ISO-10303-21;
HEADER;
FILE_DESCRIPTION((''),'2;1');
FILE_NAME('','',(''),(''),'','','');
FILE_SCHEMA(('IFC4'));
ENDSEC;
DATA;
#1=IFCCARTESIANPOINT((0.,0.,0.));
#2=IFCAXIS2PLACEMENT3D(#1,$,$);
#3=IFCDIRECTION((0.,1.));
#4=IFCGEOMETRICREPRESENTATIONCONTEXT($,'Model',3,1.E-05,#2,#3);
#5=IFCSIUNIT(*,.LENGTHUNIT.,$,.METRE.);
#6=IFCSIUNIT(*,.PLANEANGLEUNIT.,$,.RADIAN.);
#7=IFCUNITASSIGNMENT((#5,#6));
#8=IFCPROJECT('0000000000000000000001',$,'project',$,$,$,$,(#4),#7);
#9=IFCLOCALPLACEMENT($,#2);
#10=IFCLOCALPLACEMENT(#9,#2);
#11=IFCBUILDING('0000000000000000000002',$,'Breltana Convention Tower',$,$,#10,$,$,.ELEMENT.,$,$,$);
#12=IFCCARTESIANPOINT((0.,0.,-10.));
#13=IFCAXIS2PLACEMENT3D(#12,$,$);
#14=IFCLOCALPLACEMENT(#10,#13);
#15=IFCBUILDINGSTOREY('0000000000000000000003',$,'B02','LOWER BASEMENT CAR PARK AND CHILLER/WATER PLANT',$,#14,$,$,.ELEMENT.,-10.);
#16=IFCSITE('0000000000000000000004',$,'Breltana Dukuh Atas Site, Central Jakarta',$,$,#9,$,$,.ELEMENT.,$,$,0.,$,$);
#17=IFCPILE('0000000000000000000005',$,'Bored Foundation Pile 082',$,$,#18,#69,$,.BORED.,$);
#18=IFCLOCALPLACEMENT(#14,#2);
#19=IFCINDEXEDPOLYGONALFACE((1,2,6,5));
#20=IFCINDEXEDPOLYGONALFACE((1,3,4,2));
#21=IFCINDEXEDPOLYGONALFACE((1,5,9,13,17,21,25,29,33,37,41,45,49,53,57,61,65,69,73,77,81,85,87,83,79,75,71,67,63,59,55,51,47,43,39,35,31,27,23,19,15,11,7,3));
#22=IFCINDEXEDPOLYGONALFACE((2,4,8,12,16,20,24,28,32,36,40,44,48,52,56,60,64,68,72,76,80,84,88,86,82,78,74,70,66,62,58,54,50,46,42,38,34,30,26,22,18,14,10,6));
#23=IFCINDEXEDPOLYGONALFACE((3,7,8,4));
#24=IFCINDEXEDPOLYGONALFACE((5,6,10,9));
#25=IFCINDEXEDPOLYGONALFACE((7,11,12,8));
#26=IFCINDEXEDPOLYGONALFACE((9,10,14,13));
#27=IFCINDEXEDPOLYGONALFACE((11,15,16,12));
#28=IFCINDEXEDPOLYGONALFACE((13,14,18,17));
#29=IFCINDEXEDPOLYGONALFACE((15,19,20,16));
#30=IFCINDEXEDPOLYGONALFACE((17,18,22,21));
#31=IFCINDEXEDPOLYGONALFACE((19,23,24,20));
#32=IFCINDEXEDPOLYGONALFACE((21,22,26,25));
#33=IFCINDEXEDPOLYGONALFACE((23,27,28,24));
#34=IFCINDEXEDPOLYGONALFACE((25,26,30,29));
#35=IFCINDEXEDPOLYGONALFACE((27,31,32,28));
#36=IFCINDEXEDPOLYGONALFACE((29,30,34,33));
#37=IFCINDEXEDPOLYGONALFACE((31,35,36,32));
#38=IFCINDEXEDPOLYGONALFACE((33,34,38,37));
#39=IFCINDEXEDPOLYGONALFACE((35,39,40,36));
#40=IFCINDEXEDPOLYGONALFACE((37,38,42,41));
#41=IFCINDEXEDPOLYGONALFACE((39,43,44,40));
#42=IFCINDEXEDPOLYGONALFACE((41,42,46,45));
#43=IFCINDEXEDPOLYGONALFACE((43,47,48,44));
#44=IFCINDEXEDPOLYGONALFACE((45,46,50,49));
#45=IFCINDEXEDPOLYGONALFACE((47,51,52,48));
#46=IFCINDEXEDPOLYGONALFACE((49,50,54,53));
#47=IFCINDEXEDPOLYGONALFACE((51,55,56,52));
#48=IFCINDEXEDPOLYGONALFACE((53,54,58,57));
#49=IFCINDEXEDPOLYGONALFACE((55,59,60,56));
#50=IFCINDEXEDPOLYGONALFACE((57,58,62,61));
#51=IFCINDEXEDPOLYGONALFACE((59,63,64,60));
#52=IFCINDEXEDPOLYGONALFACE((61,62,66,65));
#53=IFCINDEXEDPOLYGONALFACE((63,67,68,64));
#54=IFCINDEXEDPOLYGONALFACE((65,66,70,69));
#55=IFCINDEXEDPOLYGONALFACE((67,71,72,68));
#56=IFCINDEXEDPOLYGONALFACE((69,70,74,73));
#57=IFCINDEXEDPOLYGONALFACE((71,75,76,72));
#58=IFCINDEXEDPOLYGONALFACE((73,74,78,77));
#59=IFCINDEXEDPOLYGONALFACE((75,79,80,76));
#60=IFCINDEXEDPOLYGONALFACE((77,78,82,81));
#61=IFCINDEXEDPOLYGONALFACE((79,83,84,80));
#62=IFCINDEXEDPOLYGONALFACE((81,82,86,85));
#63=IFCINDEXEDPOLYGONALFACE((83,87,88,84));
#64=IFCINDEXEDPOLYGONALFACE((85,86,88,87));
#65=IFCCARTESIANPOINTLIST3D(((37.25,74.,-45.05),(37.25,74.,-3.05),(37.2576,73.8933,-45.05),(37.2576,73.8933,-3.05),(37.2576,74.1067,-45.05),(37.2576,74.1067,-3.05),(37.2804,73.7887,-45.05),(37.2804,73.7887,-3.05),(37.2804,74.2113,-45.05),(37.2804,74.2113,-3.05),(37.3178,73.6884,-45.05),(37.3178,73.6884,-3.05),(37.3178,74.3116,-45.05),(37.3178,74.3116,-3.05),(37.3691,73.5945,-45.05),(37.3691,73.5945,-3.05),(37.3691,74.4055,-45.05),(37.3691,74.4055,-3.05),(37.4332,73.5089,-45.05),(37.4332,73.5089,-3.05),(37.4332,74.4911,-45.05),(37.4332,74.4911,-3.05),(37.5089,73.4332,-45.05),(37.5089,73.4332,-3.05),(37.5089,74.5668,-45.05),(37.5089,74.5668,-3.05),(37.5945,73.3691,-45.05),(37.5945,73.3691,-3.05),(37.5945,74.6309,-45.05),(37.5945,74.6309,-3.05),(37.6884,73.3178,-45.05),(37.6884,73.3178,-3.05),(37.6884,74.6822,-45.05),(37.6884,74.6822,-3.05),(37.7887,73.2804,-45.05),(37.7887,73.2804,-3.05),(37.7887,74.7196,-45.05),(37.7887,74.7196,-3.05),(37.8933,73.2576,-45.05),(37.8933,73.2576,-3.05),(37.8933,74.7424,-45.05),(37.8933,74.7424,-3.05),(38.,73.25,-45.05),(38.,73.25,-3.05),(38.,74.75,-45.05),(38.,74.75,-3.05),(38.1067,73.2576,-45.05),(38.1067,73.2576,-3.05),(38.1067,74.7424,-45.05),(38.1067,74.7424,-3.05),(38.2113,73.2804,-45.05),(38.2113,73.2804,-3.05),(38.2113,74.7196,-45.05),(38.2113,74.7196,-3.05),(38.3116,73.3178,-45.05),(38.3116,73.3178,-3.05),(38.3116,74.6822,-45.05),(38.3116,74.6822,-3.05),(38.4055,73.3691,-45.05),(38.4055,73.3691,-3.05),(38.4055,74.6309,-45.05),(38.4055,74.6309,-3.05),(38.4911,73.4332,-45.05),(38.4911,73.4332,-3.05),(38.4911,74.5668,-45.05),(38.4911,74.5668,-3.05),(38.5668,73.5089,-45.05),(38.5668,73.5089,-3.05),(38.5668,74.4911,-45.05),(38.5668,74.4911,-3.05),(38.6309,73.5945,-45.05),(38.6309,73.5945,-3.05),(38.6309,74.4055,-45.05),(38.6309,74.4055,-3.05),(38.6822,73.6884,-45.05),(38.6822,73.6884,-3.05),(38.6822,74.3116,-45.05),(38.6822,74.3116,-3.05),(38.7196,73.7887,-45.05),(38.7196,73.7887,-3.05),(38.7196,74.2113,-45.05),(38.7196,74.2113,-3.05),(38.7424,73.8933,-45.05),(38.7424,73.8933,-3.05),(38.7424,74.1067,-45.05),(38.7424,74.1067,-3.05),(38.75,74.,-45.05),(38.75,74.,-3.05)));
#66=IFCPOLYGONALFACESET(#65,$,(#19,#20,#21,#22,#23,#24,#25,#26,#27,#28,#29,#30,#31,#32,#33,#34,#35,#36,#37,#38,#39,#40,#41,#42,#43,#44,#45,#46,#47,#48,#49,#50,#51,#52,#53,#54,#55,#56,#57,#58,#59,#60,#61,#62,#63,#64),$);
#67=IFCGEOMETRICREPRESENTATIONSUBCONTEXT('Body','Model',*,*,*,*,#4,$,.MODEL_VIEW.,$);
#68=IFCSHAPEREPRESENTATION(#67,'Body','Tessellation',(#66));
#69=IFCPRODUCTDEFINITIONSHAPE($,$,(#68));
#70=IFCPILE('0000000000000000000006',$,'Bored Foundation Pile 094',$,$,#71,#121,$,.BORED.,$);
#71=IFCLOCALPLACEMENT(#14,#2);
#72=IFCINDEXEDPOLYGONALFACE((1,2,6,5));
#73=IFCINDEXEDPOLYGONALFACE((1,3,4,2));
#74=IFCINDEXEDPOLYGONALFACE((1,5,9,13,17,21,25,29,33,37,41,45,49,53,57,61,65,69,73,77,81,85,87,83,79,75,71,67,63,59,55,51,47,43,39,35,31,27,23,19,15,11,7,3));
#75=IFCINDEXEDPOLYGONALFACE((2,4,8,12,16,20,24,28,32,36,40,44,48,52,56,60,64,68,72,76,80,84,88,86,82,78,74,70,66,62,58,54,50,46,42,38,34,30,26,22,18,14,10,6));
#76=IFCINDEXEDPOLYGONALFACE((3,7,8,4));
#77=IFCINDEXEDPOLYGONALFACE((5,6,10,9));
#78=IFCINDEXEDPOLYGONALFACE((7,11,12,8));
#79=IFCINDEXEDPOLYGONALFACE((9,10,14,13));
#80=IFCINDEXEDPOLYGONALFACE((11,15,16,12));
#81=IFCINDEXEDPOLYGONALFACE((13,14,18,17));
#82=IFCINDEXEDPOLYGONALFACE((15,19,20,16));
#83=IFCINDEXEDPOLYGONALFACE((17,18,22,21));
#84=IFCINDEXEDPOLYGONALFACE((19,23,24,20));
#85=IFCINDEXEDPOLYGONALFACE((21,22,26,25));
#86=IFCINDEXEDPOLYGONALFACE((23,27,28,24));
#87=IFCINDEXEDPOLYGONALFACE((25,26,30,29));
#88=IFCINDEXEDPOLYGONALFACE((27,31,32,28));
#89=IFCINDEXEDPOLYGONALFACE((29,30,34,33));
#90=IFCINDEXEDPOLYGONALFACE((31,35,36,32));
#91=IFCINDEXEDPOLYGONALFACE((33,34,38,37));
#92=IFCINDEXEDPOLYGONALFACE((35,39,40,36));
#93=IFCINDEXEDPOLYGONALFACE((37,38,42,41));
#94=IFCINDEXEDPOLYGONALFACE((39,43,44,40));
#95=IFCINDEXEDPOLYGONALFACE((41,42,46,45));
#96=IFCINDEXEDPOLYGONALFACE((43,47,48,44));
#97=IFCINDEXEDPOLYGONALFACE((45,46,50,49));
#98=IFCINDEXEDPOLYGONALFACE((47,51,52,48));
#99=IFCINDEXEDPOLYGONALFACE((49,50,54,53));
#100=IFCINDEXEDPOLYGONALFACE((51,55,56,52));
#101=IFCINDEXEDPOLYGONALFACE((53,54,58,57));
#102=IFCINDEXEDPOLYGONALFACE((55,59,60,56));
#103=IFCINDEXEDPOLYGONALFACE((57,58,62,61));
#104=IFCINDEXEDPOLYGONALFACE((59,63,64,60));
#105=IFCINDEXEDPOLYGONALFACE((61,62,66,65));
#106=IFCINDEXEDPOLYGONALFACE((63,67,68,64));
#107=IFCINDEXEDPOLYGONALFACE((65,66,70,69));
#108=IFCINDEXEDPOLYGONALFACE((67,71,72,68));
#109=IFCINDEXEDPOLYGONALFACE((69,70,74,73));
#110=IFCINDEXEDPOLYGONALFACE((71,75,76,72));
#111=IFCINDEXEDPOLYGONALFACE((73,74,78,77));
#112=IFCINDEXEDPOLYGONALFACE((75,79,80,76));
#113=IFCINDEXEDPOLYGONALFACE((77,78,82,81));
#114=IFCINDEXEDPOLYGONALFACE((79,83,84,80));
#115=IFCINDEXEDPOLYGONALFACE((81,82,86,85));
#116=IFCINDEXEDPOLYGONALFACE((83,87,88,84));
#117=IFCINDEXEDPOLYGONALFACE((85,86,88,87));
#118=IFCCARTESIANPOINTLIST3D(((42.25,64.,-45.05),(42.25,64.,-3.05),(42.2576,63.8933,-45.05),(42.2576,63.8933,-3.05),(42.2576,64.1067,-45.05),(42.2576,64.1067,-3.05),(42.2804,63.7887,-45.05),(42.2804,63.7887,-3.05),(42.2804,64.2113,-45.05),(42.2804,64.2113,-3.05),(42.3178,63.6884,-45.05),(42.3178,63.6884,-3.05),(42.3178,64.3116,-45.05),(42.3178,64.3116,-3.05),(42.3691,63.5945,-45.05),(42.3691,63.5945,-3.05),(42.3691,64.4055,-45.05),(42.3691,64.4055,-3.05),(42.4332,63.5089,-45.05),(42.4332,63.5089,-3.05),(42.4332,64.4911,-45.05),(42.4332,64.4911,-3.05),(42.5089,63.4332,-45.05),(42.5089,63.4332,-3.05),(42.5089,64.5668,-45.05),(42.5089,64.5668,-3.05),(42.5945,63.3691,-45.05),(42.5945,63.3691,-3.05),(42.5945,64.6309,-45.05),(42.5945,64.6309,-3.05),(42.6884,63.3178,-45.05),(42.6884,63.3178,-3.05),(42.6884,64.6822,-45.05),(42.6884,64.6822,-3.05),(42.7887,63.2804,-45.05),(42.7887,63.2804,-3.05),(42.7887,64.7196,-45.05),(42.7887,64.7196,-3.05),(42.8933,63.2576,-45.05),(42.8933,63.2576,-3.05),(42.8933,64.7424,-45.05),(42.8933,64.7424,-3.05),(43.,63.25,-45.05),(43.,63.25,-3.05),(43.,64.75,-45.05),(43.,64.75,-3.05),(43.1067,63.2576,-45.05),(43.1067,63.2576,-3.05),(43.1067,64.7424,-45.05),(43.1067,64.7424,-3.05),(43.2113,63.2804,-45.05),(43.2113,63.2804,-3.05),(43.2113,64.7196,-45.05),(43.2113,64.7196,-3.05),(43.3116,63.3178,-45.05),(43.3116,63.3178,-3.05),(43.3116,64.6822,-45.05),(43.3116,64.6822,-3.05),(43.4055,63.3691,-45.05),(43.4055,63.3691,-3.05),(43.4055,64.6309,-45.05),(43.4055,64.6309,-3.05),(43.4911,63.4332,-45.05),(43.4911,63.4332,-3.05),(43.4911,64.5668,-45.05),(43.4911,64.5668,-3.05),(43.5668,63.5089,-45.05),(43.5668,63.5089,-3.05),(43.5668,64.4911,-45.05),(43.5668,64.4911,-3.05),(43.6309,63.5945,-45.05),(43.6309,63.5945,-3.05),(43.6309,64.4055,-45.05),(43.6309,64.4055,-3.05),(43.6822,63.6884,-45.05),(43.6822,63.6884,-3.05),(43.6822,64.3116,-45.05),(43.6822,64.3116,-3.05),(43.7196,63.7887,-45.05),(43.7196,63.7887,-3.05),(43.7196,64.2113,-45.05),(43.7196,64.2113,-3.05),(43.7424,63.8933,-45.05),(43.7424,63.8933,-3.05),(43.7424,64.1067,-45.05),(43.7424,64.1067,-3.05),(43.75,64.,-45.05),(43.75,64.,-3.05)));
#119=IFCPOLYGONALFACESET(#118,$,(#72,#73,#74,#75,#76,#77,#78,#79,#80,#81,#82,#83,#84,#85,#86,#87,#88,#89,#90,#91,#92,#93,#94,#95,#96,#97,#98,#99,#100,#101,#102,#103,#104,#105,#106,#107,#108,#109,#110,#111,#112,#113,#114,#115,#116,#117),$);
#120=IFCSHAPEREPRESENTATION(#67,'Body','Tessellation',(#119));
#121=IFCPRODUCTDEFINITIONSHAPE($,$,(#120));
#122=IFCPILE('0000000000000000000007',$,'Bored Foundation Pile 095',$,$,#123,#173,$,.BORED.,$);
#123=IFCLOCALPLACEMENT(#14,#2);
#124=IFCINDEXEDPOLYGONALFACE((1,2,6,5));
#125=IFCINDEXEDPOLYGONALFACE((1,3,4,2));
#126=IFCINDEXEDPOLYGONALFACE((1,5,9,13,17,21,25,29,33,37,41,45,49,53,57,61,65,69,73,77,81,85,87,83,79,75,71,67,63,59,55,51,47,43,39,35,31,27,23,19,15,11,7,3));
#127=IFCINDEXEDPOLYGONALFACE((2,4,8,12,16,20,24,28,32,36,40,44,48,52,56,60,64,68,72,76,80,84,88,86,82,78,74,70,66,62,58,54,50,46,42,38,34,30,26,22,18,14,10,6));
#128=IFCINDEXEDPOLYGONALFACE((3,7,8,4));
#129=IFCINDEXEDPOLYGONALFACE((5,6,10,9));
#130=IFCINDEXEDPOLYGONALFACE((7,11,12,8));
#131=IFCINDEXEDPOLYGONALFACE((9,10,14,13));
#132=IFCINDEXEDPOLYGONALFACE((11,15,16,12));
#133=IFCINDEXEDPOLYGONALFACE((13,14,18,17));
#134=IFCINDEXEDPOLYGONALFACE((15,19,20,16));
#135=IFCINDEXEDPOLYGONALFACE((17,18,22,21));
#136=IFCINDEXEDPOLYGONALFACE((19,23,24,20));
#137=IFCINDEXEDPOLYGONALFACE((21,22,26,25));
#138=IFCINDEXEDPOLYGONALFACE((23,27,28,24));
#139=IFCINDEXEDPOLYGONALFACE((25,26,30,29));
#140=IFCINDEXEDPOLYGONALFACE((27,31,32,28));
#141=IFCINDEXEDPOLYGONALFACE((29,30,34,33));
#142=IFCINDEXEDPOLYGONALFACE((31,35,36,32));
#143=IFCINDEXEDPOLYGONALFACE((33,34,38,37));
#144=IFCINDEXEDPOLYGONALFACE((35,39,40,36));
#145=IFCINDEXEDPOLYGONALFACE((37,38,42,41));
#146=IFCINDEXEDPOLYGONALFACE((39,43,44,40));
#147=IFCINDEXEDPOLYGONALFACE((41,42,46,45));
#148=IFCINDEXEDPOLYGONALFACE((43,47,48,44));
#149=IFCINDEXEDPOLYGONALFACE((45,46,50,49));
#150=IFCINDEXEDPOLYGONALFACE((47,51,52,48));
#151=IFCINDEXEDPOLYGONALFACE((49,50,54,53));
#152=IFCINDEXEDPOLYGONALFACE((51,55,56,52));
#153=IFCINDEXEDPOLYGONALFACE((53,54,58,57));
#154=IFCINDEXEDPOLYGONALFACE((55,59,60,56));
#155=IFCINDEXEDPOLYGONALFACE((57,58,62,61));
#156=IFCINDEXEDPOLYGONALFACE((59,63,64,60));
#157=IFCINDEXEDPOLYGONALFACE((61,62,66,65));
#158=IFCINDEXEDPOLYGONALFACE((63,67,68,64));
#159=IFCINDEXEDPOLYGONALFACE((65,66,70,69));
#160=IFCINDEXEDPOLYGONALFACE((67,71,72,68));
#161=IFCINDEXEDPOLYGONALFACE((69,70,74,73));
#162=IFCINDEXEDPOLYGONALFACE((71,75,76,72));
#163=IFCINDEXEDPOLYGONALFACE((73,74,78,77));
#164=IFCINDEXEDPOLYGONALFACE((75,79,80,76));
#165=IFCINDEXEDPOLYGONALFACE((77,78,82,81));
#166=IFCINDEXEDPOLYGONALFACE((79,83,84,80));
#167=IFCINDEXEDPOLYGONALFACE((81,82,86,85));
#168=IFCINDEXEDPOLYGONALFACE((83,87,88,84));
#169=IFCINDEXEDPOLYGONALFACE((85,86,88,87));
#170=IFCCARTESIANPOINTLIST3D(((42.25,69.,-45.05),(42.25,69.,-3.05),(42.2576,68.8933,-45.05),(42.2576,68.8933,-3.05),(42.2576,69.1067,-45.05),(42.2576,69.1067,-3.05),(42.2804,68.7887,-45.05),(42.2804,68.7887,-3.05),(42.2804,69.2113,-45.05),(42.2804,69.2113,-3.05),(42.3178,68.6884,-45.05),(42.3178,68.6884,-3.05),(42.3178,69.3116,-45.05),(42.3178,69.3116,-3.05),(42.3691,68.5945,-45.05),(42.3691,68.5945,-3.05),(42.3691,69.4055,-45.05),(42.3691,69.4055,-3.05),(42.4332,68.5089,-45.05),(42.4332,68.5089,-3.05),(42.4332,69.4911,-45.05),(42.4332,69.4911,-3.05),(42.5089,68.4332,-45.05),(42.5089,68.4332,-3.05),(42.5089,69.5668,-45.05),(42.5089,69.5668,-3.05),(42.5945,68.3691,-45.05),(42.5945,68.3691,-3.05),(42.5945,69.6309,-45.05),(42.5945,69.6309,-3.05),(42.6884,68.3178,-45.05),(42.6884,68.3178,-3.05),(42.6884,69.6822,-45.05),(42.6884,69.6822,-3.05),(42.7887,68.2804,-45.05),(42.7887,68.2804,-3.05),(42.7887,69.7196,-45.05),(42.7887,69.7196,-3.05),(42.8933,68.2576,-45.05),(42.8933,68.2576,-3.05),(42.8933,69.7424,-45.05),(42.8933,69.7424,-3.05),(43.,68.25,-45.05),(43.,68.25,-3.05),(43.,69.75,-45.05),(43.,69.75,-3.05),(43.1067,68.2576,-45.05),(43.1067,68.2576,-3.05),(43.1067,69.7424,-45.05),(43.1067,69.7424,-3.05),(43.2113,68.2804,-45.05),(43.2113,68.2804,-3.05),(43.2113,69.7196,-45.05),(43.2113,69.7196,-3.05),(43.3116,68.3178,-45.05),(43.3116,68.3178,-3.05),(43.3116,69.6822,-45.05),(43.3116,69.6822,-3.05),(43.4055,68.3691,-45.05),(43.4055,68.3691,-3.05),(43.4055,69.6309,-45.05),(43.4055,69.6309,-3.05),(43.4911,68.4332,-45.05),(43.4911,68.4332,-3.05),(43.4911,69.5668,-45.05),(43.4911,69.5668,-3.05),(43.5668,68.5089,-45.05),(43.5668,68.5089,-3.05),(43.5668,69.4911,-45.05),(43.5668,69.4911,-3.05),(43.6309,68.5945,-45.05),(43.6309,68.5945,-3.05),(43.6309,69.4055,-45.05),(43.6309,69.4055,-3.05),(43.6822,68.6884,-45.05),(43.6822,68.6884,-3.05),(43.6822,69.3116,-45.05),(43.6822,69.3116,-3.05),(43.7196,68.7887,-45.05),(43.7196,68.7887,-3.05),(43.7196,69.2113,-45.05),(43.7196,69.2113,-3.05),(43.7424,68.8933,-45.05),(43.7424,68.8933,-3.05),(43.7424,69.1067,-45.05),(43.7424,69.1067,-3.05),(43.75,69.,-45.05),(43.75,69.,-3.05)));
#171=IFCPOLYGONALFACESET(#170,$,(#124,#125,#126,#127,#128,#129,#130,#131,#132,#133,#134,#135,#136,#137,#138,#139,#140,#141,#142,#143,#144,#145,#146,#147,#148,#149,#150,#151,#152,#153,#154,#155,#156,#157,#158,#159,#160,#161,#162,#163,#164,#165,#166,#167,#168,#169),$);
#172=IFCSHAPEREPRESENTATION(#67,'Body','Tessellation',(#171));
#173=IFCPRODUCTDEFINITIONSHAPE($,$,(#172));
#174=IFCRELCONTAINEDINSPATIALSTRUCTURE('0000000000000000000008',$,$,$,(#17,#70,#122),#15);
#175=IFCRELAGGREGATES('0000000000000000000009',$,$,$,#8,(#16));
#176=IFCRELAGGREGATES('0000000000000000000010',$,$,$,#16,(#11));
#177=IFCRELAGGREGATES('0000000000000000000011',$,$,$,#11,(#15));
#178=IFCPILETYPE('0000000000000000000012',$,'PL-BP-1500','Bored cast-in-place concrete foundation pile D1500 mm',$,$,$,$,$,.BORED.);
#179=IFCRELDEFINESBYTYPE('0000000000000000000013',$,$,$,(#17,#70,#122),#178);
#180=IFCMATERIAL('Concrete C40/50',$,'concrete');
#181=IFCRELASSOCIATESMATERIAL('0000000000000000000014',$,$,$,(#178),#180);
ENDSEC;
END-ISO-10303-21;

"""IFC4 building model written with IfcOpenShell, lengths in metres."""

from ifc_helpers import new_model, si_unit, direction, frame, origin, origin_2d, place, context, subcontext, project, spatial, circle, extrude, source, transform, mapped, material, material_profile, profile_set, type_object, type_shapes, element, save


model = new_model("IFC4")

# Units and contexts
model_context = context("Model", 3, precision=1e-05, world=origin(), true_north=direction((0.0, 1.0)))
body_context = subcontext(model_context, "Body", "Model", "MODEL_VIEW")
ifc_project = project(units=[si_unit("LENGTHUNIT", "METRE"), si_unit("PLANEANGLEUNIT", "RADIAN")], contexts=[model_context])

# Site, building, storey
site_placement = place(None, origin())
site = spatial("IfcSite", under=ifc_project, at=site_placement, Name="Breltana Dukuh Atas Site, Central Jakarta", CompositionType="ELEMENT", RefElevation=0.0)
building_placement = place(site_placement, origin())
building = spatial("IfcBuilding", under=site, at=building_placement, Name="Breltana Convention Tower", CompositionType="ELEMENT")
storey_placement = place(building_placement, frame((0.0, 0.0, -10.0)))
storey = spatial("IfcBuildingStorey", under=building, at=storey_placement, Name="B02", Description="LOWER BASEMENT CAR PARK AND CHILLER/WATER PLANT", CompositionType="ELEMENT", Elevation=-10.0)

# Piles
ifc_material_1 = material(Name="Concrete C40/50", Category="concrete")
ifc_material_profile_1 = material_profile(ifc_material_1, circle(Radius=0.75, at=origin_2d()), Name="BP-D1500")
ifc_profile_set_1 = profile_set([ifc_material_profile_1], Name="Concrete C40/50")
pile_type_1 = type_object("IfcPileType", Name="PL-BP-1500", Description="Bored cast-in-place concrete foundation pile D1500 mm", PredefinedType="BORED", material=ifc_profile_set_1)
shared_shape_1 = source(origin(), body_context, "Body", "SweptSolid", [
    extrude(circle(Radius=0.75, at=origin_2d()), origin(), (0.0, 0.0, 1.0), 42.0),
])
type_shapes(pile_type_1, [shared_shape_1])
for number, where, z_axis, x_axis, name in (
    (1, (38.0, 74.0, -3.05), (0.0, 0.0, -1.0), (1.0, 0.0, 0.0), "Bored Foundation Pile 082"),
    (2, (43.0, 64.0, -3.05), (0.0, 0.0, -1.0), (1.0, 0.0, 0.0), "Bored Foundation Pile 094"),
    (3, (43.0, 69.0, -3.05), (0.0, 0.0, -1.0), (1.0, 0.0, 0.0), "Bored Foundation Pile 095"),
):
    element("IfcPile", number, at=place(storey_placement, frame(where, z_axis=z_axis, x_axis=x_axis)), inside=storey, type_object=pile_type_1, Name=name, PredefinedType="BORED", context=body_context, shape_type="MappedRepresentation", body=[
        mapped(shared_shape_1, transform((0.0, 0.0, 0.0), scale=1.0)),
    ])

save(model, "model.ifc")
